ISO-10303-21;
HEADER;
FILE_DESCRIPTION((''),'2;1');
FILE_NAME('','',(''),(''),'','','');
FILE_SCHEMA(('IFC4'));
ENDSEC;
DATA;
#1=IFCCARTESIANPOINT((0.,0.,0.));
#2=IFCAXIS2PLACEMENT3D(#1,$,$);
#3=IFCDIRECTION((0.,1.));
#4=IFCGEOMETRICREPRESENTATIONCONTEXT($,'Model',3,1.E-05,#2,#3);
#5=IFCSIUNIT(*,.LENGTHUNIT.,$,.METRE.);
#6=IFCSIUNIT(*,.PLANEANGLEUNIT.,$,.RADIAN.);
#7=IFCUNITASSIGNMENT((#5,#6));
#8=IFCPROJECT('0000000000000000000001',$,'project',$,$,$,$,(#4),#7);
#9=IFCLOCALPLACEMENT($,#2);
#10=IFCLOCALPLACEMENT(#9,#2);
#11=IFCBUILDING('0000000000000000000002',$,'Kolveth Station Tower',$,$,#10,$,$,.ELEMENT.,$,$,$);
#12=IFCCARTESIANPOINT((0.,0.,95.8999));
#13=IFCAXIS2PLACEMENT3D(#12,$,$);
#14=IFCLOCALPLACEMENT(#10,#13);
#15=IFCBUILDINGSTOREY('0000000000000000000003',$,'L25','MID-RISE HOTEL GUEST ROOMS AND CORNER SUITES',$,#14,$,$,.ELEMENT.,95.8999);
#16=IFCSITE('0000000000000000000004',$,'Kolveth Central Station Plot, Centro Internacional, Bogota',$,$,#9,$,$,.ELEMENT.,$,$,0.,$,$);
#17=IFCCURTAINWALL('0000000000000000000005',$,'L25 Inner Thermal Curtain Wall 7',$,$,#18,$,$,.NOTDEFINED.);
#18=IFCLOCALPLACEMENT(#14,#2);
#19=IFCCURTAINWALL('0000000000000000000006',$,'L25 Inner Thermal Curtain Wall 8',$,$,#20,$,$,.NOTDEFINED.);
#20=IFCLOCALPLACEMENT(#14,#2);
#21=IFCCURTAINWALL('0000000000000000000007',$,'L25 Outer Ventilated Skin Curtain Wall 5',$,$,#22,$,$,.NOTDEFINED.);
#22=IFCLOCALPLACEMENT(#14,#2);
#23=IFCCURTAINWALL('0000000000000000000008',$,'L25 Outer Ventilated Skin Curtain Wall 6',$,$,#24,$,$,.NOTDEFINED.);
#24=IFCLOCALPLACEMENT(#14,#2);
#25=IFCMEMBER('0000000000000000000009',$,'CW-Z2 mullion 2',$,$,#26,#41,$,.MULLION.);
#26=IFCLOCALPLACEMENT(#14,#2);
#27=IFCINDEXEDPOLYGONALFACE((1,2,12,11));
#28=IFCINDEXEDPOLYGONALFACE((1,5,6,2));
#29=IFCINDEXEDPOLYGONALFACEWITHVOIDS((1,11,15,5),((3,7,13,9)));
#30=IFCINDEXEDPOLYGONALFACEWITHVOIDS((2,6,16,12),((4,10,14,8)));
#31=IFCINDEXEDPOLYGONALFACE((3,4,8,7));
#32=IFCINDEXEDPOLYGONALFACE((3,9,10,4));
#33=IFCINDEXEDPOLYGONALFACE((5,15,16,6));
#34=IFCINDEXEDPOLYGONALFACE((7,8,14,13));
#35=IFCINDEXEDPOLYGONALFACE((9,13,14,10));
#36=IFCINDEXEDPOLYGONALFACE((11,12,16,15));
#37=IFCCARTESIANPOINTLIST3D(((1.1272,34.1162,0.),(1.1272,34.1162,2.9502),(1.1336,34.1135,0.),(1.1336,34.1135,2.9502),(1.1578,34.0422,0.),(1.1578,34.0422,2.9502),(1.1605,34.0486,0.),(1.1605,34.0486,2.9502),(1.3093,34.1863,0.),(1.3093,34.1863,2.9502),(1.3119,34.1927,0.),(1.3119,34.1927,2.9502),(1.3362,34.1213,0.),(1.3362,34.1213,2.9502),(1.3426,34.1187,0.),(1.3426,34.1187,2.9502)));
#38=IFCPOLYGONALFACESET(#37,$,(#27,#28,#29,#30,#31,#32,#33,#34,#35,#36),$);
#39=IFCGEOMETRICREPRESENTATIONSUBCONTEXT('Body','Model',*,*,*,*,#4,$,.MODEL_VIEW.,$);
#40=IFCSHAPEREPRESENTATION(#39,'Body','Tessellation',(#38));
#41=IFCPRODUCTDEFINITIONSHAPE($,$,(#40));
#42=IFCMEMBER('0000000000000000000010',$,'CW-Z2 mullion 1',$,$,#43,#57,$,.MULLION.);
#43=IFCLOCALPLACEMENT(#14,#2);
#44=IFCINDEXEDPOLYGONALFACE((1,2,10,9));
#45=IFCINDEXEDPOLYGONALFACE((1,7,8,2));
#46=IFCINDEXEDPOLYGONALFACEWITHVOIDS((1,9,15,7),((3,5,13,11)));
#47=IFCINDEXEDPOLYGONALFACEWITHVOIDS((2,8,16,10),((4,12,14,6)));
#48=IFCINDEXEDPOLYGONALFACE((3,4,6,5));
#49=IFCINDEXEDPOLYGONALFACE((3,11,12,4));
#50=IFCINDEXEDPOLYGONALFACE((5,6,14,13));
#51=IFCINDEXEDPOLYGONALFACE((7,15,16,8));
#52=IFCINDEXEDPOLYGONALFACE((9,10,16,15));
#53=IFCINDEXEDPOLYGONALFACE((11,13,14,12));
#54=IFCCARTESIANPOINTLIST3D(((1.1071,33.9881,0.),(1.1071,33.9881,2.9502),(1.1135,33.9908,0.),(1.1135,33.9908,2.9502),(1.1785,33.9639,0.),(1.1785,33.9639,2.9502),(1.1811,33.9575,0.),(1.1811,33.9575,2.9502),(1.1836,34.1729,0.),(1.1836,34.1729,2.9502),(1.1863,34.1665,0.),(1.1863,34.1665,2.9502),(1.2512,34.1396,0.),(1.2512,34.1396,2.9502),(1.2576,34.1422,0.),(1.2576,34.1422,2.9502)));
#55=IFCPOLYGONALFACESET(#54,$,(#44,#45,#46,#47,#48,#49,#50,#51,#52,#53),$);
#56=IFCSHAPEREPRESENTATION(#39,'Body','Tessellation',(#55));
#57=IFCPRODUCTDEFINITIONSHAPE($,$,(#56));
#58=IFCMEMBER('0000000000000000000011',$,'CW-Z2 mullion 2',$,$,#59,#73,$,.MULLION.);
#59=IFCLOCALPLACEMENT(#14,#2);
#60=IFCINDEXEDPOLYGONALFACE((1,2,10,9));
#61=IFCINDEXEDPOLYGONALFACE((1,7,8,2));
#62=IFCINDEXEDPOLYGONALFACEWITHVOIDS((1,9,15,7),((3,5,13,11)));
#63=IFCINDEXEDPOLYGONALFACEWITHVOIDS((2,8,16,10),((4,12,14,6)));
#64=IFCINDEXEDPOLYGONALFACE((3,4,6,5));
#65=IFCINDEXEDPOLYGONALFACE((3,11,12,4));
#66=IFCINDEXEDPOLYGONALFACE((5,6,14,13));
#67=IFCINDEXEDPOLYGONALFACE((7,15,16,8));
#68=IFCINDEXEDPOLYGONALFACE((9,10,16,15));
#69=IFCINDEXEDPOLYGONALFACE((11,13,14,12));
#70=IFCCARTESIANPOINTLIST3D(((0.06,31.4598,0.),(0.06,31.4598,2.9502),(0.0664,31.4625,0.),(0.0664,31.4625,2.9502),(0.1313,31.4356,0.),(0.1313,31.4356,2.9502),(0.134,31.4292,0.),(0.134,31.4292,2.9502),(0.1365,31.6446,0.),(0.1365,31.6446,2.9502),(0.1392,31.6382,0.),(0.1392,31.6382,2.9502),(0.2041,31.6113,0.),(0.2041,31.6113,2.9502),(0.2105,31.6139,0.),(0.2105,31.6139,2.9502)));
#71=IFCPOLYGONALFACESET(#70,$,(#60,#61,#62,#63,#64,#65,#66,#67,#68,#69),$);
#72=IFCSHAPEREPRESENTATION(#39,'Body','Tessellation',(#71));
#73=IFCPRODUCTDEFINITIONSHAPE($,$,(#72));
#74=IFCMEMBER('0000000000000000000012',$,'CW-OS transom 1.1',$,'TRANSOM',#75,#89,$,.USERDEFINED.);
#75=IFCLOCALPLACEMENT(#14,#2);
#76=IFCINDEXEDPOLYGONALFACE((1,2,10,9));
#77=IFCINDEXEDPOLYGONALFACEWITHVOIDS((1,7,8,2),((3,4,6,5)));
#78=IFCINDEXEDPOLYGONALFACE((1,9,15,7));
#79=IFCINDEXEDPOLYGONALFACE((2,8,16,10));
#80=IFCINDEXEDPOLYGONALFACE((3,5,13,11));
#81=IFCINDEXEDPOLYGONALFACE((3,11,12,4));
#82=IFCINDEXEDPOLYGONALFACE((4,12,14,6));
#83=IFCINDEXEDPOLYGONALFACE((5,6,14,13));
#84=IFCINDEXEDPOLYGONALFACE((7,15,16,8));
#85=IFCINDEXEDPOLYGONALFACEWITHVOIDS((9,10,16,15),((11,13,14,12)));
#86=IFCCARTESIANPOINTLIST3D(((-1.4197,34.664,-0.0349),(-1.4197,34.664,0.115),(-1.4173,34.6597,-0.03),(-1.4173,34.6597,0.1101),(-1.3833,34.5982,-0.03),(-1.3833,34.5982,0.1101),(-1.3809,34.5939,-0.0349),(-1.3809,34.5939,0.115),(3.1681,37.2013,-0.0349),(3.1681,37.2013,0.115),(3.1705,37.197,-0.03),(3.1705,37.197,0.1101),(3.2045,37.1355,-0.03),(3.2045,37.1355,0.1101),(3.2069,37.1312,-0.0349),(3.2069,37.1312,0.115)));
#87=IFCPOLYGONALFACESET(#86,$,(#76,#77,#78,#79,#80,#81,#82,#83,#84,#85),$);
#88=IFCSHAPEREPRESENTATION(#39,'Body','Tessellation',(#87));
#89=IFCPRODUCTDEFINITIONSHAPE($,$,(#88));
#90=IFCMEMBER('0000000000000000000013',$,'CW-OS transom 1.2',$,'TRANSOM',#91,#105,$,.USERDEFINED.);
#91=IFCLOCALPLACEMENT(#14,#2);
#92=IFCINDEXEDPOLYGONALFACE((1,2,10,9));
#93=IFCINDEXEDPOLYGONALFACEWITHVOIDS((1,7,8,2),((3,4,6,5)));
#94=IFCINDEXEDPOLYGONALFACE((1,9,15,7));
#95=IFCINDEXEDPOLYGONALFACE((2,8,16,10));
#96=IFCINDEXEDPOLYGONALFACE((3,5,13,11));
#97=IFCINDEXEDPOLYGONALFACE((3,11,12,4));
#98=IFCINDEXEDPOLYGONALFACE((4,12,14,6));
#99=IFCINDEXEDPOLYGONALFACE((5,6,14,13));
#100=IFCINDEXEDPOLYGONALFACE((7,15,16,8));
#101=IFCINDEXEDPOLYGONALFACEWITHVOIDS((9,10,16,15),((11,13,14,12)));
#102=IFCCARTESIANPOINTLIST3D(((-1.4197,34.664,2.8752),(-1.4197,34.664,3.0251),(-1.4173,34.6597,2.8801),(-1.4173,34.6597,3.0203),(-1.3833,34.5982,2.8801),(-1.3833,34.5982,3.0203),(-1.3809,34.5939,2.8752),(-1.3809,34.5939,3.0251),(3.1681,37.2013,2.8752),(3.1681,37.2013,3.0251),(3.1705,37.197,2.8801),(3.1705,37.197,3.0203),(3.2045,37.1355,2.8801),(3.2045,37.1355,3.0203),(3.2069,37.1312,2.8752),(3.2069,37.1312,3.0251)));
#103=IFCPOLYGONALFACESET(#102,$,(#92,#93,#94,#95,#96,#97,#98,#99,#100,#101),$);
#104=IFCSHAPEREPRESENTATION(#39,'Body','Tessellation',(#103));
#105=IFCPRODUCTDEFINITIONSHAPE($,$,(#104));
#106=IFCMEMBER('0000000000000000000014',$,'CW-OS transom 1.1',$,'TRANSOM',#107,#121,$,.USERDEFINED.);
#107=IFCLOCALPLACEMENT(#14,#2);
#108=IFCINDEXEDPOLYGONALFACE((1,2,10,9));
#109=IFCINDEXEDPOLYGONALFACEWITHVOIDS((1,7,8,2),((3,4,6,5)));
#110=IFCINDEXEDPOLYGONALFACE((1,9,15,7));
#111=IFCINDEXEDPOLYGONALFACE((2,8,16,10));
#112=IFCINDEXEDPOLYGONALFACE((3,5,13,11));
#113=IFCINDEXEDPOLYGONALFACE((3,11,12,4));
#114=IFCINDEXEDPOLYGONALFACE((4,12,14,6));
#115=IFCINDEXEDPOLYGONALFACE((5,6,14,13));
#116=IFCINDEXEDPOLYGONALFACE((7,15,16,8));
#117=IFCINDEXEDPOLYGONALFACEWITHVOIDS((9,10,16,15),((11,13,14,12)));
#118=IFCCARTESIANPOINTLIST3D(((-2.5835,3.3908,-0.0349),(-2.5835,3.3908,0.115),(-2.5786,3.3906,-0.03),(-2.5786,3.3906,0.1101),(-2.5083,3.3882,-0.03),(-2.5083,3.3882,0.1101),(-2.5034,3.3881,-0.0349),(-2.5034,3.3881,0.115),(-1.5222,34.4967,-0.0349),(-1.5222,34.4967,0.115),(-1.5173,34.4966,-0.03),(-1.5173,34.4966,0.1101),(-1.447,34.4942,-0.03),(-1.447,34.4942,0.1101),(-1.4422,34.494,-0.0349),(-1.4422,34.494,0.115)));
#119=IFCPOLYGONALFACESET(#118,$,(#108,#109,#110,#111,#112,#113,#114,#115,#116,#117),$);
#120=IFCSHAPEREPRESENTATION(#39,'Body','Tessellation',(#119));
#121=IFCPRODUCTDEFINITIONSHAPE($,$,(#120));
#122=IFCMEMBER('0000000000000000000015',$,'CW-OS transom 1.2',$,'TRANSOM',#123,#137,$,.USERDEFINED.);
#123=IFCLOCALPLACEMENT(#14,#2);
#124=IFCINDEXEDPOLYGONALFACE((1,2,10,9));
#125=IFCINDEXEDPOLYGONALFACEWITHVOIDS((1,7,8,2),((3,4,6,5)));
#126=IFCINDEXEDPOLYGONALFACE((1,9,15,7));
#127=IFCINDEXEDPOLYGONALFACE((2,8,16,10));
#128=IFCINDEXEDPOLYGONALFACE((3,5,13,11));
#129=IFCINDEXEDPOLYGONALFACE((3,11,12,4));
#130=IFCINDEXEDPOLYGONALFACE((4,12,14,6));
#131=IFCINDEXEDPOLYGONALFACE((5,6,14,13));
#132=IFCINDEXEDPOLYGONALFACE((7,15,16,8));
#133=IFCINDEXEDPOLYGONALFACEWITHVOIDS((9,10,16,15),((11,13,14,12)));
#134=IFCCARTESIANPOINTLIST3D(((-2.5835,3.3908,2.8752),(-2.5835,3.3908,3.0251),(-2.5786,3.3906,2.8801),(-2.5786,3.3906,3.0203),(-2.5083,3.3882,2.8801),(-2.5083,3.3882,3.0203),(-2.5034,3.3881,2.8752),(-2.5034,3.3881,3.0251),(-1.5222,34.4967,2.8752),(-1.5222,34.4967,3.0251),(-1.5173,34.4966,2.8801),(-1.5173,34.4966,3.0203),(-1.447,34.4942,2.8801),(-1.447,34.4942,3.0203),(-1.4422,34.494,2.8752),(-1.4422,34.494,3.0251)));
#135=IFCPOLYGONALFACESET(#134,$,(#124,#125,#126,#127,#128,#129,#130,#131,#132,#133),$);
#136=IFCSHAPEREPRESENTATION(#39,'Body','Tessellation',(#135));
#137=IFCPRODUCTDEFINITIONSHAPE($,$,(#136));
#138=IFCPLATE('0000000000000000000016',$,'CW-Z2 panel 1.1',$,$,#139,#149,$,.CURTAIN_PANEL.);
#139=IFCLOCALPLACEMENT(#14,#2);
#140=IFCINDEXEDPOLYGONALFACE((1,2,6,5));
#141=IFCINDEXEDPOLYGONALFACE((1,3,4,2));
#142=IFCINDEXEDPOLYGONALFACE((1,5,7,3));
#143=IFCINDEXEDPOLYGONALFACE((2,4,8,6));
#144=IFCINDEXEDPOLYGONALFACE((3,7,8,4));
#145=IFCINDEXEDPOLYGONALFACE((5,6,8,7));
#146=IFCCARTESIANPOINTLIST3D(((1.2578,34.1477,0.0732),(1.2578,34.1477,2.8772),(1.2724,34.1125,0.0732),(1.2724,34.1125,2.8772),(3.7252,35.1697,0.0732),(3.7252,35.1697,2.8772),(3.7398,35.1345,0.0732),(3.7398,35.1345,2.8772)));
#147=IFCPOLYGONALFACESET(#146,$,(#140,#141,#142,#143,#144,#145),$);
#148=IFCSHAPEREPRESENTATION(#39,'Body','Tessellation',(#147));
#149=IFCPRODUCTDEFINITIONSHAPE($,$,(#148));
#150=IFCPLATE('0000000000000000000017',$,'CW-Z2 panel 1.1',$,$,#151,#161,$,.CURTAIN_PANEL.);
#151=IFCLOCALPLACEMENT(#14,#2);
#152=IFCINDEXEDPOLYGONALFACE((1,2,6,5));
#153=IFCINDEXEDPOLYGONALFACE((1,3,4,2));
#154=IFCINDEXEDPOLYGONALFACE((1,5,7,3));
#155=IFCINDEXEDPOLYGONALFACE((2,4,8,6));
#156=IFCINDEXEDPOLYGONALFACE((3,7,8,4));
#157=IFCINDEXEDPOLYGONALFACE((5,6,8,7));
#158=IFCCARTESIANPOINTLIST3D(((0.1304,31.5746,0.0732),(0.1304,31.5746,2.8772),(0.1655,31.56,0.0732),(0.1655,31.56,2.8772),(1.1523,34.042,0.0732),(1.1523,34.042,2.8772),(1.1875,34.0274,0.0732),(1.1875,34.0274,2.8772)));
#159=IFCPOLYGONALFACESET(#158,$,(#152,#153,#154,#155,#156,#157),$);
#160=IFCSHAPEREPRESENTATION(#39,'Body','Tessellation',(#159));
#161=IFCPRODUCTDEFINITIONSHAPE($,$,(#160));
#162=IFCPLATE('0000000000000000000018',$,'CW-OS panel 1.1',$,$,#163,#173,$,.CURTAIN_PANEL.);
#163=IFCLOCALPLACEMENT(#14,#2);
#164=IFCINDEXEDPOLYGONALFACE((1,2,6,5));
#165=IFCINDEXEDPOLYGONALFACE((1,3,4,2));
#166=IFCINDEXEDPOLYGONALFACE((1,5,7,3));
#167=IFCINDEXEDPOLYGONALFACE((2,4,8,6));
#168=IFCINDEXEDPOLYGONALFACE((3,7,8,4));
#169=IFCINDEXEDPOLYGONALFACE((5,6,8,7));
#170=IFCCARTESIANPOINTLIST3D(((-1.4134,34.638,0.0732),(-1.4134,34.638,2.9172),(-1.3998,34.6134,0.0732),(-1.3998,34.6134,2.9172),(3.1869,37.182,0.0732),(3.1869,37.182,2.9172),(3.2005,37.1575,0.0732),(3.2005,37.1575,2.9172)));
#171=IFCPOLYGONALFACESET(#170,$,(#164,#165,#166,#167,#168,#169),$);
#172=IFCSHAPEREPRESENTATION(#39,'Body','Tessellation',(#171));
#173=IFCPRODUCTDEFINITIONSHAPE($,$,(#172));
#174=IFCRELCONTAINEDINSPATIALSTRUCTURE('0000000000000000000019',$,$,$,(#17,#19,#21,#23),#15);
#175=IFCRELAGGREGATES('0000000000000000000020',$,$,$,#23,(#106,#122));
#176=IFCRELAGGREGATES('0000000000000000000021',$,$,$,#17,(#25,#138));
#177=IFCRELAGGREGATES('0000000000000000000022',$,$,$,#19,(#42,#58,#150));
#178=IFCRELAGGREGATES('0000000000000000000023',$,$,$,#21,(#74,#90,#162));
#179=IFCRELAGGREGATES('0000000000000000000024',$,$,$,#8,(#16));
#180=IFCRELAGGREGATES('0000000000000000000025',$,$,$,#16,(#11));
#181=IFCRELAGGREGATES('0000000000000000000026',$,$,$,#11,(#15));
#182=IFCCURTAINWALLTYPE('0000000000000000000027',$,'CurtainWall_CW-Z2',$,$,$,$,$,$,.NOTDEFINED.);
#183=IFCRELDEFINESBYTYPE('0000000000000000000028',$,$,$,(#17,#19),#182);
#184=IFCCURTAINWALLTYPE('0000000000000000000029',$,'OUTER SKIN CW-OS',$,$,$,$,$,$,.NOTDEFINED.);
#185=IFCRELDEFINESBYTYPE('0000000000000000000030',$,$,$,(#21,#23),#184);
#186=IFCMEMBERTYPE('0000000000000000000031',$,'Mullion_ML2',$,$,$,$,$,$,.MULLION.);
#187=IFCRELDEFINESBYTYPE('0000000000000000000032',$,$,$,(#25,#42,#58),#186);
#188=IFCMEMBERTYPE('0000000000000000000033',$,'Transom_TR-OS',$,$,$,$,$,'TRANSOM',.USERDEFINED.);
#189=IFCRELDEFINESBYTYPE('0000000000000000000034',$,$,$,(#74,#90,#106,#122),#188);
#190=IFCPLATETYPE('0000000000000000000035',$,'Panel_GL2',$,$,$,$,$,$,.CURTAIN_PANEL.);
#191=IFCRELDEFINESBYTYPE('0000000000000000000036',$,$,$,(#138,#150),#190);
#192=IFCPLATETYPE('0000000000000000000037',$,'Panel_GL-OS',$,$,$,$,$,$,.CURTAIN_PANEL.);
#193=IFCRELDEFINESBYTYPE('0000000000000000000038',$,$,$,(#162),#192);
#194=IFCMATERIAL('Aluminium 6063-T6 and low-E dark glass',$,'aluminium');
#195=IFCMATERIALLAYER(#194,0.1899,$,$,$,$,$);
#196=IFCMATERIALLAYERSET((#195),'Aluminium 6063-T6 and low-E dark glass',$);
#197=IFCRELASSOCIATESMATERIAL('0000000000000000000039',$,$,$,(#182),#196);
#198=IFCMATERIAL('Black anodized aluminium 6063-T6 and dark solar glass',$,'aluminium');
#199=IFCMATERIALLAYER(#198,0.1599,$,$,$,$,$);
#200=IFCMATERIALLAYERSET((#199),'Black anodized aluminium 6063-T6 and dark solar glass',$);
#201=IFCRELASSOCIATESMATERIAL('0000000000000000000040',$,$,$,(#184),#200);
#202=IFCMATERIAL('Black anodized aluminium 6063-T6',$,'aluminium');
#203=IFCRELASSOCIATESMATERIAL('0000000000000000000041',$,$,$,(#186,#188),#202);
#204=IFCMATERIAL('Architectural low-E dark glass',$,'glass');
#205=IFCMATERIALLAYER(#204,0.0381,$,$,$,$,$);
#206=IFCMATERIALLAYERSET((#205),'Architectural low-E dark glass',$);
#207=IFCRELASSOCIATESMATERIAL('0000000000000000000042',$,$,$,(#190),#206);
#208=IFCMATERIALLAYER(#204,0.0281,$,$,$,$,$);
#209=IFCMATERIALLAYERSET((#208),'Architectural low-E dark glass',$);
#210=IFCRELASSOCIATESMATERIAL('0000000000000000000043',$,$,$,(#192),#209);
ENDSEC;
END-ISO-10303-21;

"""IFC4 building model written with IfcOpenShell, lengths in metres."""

from ifc_helpers import new_model, si_unit, direction, frame, origin, origin_2d, place, context, subcontext, project, spatial, rectangle, hollow_rectangle, extrude, source, transform, mapped, material, layer, layer_set, material_profile, profile_set, type_object, element, aggregate, save


model = new_model("IFC4")

# Units and contexts
model_context = context("Model", 3, precision=1e-05, world=origin(), true_north=direction((0.0, 1.0)))
body_context = subcontext(model_context, "Body", "Model", "MODEL_VIEW")
ifc_project = project(units=[si_unit("LENGTHUNIT", "METRE"), si_unit("PLANEANGLEUNIT", "RADIAN")], contexts=[model_context])

# Site, building, storey
site_placement = place(None, origin())
site = spatial("IfcSite", under=ifc_project, at=site_placement, Name="Kolveth Central Station Plot, Centro Internacional, Bogota", CompositionType="ELEMENT", RefElevation=0.0)
building_placement = place(site_placement, origin())
building = spatial("IfcBuilding", under=site, at=building_placement, Name="Kolveth Station Tower", CompositionType="ELEMENT")
storey_placement = place(building_placement, frame((0.0, 0.0, 95.8999)))
storey = spatial("IfcBuildingStorey", under=building, at=storey_placement, Name="L25", Description="MID-RISE HOTEL GUEST ROOMS AND CORNER SUITES", CompositionType="ELEMENT", Elevation=95.8999)

# Curtain walls
ifc_material_1 = material(Name="Aluminium 6063-T6 and low-E dark glass", Category="aluminium")
ifc_layer_1 = layer(ifc_material_1, 0.1899)
ifc_layer_set_1 = layer_set([ifc_layer_1], Name="Aluminium 6063-T6 and low-E dark glass")
curtain_wall_type_1 = type_object("IfcCurtainWallType", Name="CurtainWall_CW-Z2", PredefinedType="NOTDEFINED", material=ifc_layer_set_1)
curtain_wall_1_placement = place(storey_placement, origin())
curtain_wall_1 = element("IfcCurtainWall", 1, at=curtain_wall_1_placement, inside=storey, type_object=curtain_wall_type_1, Name="L25 Inner Thermal Curtain Wall 7", PredefinedType="NOTDEFINED")
ifc_material_2 = material(Name="Black anodized aluminium 6063-T6", Category="aluminium")
curtain_wall_2_placement = place(storey_placement, origin())
curtain_wall_2 = element("IfcCurtainWall", 2, at=curtain_wall_2_placement, inside=storey, type_object=curtain_wall_type_1, Name="L25 Inner Thermal Curtain Wall 8", PredefinedType="NOTDEFINED")

# Shared definitions
ifc_material_3 = material(Name="Black anodized aluminium 6063-T6 and dark solar glass", Category="aluminium")
ifc_layer_2 = layer(ifc_material_3, 0.1599)
ifc_layer_set_2 = layer_set([ifc_layer_2], Name="Black anodized aluminium 6063-T6 and dark solar glass")
curtain_wall_type_2 = type_object("IfcCurtainWallType", Name="OUTER SKIN CW-OS", PredefinedType="NOTDEFINED", material=ifc_layer_set_2)

# Curtain wall
curtain_wall_3_placement = place(storey_placement, origin())
curtain_wall_3 = element("IfcCurtainWall", 3, at=curtain_wall_3_placement, inside=storey, type_object=curtain_wall_type_2, Name="L25 Outer Ventilated Skin Curtain Wall 5", PredefinedType="NOTDEFINED")

# Curtain wall
curtain_wall_4_placement = place(storey_placement, origin())
curtain_wall_4 = element("IfcCurtainWall", 4, at=curtain_wall_4_placement, inside=storey, type_object=curtain_wall_type_2, Name="L25 Outer Ventilated Skin Curtain Wall 6", PredefinedType="NOTDEFINED")
ifc_material_profile_1 = material_profile(ifc_material_2, hollow_rectangle(XDim=0.0801, YDim=0.2, WallThickness=0.0049, at=origin_2d()), Name="ALU-80x200x5")
ifc_profile_set_1 = profile_set([ifc_material_profile_1], Name="Black anodized aluminium 6063-T6")
member_type_1 = type_object("IfcMemberType", Name="Mullion_ML2", PredefinedType="MULLION", material=ifc_profile_set_1)
shared_shape_1 = source(origin(), body_context, "Body", "SweptSolid", [
    extrude(hollow_rectangle(XDim=0.0801, YDim=0.2, WallThickness=0.0049, at=origin_2d()), origin(), (0.0, 0.0, 1.0), 2.9502),
])

# Members
member_1_placement = place(storey_placement, frame((1.2349, 34.1174, 0.0), z_axis=(0.0, 0.0, 1.0), x_axis=(0.382663, -0.923888, 0.0)))
member_1 = element("IfcMember", 5, at=member_1_placement, type_object=member_type_1, Name="CW-Z2 mullion 2", PredefinedType="MULLION", context=body_context, shape_type="MappedRepresentation", body=[
    mapped(shared_shape_1, transform((0.0, 0.0, 0.0), x_axis=(1.0, 0.0, 0.0), y_axis=(0.0, 1.0, 0.0), z_axis=(0.0, 0.0, 1.0), scale=1.0)),
])
member_2_placement = place(storey_placement, frame((1.1824, 34.0652, 0.0), z_axis=(0.0, 0.0, 1.0), x_axis=(0.923888, -0.382663, 0.0)))
member_2 = element("IfcMember", 6, at=member_2_placement, type_object=member_type_1, Name="CW-Z2 mullion 1", PredefinedType="MULLION", context=body_context, shape_type="MappedRepresentation", body=[
    mapped(shared_shape_1, transform((0.0, 0.0, 0.0), x_axis=(1.0, 0.0, 0.0), y_axis=(0.0, 1.0, 0.0), z_axis=(0.0, 0.0, 1.0), scale=1.0)),
])
member_3_placement = place(storey_placement, frame((0.1353, 31.5369, 0.0), z_axis=(0.0, 0.0, 1.0), x_axis=(0.923888, -0.382663, 0.0)))
member_3 = element("IfcMember", 7, at=member_3_placement, type_object=member_type_1, Name="CW-Z2 mullion 2", PredefinedType="MULLION", context=body_context, shape_type="MappedRepresentation", body=[
    mapped(shared_shape_1, transform((0.0, 0.0, 0.0), x_axis=(1.0, 0.0, 0.0), y_axis=(0.0, 1.0, 0.0), z_axis=(0.0, 0.0, 1.0), scale=1.0)),
])
ifc_material_profile_2 = material_profile(ifc_material_2, hollow_rectangle(XDim=0.0801, YDim=0.1499, WallThickness=0.0049, at=origin_2d()), Name="ALU-80x150x5")
ifc_profile_set_2 = profile_set([ifc_material_profile_2], Name="Black anodized aluminium 6063-T6")
member_type_2 = type_object("IfcMemberType", Name="Transom_TR-OS", ElementType="TRANSOM", PredefinedType="USERDEFINED", material=ifc_profile_set_2)
shared_shape_2 = source(origin(), body_context, "Body", "SweptSolid", [
    extrude(hollow_rectangle(XDim=0.0801, YDim=0.1499, WallThickness=0.0049, at=origin_2d()), origin(), (0.0, 0.0, 1.0), 5.2427),
])
member_4_placement = place(storey_placement, frame((3.1875, 37.1663, 0.04), z_axis=(-0.875085, -0.48397, 0.0), x_axis=(0.48397, -0.875085, 0.0)))
member_4 = element("IfcMember", 8, at=member_4_placement, type_object=member_type_2, Name="CW-OS transom 1.1", ObjectType="TRANSOM", PredefinedType="USERDEFINED", context=body_context, shape_type="MappedRepresentation", body=[
    mapped(shared_shape_2, transform((0.0, 0.0, 0.0), x_axis=(1.0, 0.0, 0.0), y_axis=(0.0, 1.0, 0.0), z_axis=(0.0, 0.0, 1.0), scale=1.0)),
])
member_5_placement = place(storey_placement, frame((3.1875, 37.1663, 2.9502), z_axis=(-0.875085, -0.48397, 0.0), x_axis=(0.48397, -0.875085, 0.0)))
member_5 = element("IfcMember", 9, at=member_5_placement, type_object=member_type_2, Name="CW-OS transom 1.2", ObjectType="TRANSOM", PredefinedType="USERDEFINED", context=body_context, shape_type="MappedRepresentation", body=[
    mapped(shared_shape_2, transform((0.0, 0.0, 0.0), x_axis=(1.0, 0.0, 0.0), y_axis=(0.0, 1.0, 0.0), z_axis=(0.0, 0.0, 1.0), scale=1.0)),
])
shared_shape_3 = source(origin(), body_context, "Body", "SweptSolid", [
    extrude(hollow_rectangle(XDim=0.0801, YDim=0.1499, WallThickness=0.0049, at=origin_2d()), origin(), (0.0, 0.0, 1.0), 31.124),
])
member_6_placement = place(storey_placement, frame((-1.4822, 34.4954, 0.04), z_axis=(-0.034098, -0.999418, 0.0), x_axis=(0.999418, -0.034098, 0.0)))
member_6 = element("IfcMember", 10, at=member_6_placement, type_object=member_type_2, Name="CW-OS transom 1.1", ObjectType="TRANSOM", PredefinedType="USERDEFINED", context=body_context, shape_type="MappedRepresentation", body=[
    mapped(shared_shape_3, transform((0.0, 0.0, 0.0), x_axis=(1.0, 0.0, 0.0), y_axis=(0.0, 1.0, 0.0), z_axis=(0.0, 0.0, 1.0), scale=1.0)),
])
member_7_placement = place(storey_placement, frame((-1.4822, 34.4954, 2.9502), z_axis=(-0.034098, -0.999418, 0.0), x_axis=(0.999418, -0.034098, 0.0)))
member_7 = element("IfcMember", 11, at=member_7_placement, type_object=member_type_2, Name="CW-OS transom 1.2", ObjectType="TRANSOM", PredefinedType="USERDEFINED", context=body_context, shape_type="MappedRepresentation", body=[
    mapped(shared_shape_3, transform((0.0, 0.0, 0.0), x_axis=(1.0, 0.0, 0.0), y_axis=(0.0, 1.0, 0.0), z_axis=(0.0, 0.0, 1.0), scale=1.0)),
])
aggregate(curtain_wall_4, [member_6, member_7])

# Plates
ifc_material_4 = material(Name="Architectural low-E dark glass", Category="glass")
ifc_layer_3 = layer(ifc_material_4, 0.0381)
ifc_layer_set_3 = layer_set([ifc_layer_3], Name="Architectural low-E dark glass")
plate_type_1 = type_object("IfcPlateType", Name="Panel_GL2", PredefinedType="CURTAIN_PANEL", material=ifc_layer_set_3)
shared_shape_4 = source(origin(), body_context, "Body", "SweptSolid", [
    extrude(rectangle(XDim=2.6707, YDim=0.0381, at=origin_2d()), origin(), (0.0, 0.0, 1.0), 2.804),
])
plate_1_placement = place(storey_placement, frame((2.4988, 34.6411, 0.0732), z_axis=(0.0, 0.0, 1.0), x_axis=(-0.923888, -0.382663, 0.0)))
plate_1 = element("IfcPlate", 12, at=plate_1_placement, type_object=plate_type_1, Name="CW-Z2 panel 1.1", PredefinedType="CURTAIN_PANEL", context=body_context, shape_type="MappedRepresentation", body=[
    mapped(shared_shape_4, transform((0.0, 0.0, 0.0), x_axis=(1.0, 0.0, 0.0), y_axis=(0.0, 1.0, 0.0), z_axis=(0.0, 0.0, 1.0), scale=1.0)),
])
aggregate(curtain_wall_1, [member_1, plate_1])
plate_2_placement = place(storey_placement, frame((0.6589, 32.801, 0.0732), z_axis=(0.0, 0.0, 1.0), x_axis=(-0.382663, -0.923888, 0.0)))
plate_2 = element("IfcPlate", 13, at=plate_2_placement, type_object=plate_type_1, Name="CW-Z2 panel 1.1", PredefinedType="CURTAIN_PANEL", context=body_context, shape_type="MappedRepresentation", body=[
    mapped(shared_shape_4, transform((0.0, 0.0, 0.0), x_axis=(1.0, 0.0, 0.0), y_axis=(0.0, 1.0, 0.0), z_axis=(0.0, 0.0, 1.0), scale=1.0)),
])
aggregate(curtain_wall_2, [member_2, member_3, plate_2])
ifc_layer_4 = layer(ifc_material_4, 0.0281)
ifc_layer_set_4 = layer_set([ifc_layer_4], Name="Architectural low-E dark glass")
plate_type_2 = type_object("IfcPlateType", Name="Panel_GL-OS", PredefinedType="CURTAIN_PANEL", material=ifc_layer_set_4)
shared_shape_5 = source(origin(), body_context, "Body", "SweptSolid", [
    extrude(rectangle(XDim=5.2568, YDim=0.0281, at=origin_2d()), origin(), (0.0, 0.0, 1.0), 2.844),
])
plate_3_placement = place(storey_placement, frame((0.8936, 35.8977, 0.0732), z_axis=(0.0, 0.0, 1.0), x_axis=(-0.875094, -0.483953, 0.0)))
plate_3 = element("IfcPlate", 14, at=plate_3_placement, type_object=plate_type_2, Name="CW-OS panel 1.1", PredefinedType="CURTAIN_PANEL", context=body_context, shape_type="MappedRepresentation", body=[
    mapped(shared_shape_5, transform((0.0, 0.0, 0.0), x_axis=(1.0, 0.0, 0.0), y_axis=(0.0, 1.0, 0.0), z_axis=(0.0, 0.0, 1.0), scale=1.0)),
])
aggregate(curtain_wall_3, [member_4, member_5, plate_3])

save(model, "model.ifc")
